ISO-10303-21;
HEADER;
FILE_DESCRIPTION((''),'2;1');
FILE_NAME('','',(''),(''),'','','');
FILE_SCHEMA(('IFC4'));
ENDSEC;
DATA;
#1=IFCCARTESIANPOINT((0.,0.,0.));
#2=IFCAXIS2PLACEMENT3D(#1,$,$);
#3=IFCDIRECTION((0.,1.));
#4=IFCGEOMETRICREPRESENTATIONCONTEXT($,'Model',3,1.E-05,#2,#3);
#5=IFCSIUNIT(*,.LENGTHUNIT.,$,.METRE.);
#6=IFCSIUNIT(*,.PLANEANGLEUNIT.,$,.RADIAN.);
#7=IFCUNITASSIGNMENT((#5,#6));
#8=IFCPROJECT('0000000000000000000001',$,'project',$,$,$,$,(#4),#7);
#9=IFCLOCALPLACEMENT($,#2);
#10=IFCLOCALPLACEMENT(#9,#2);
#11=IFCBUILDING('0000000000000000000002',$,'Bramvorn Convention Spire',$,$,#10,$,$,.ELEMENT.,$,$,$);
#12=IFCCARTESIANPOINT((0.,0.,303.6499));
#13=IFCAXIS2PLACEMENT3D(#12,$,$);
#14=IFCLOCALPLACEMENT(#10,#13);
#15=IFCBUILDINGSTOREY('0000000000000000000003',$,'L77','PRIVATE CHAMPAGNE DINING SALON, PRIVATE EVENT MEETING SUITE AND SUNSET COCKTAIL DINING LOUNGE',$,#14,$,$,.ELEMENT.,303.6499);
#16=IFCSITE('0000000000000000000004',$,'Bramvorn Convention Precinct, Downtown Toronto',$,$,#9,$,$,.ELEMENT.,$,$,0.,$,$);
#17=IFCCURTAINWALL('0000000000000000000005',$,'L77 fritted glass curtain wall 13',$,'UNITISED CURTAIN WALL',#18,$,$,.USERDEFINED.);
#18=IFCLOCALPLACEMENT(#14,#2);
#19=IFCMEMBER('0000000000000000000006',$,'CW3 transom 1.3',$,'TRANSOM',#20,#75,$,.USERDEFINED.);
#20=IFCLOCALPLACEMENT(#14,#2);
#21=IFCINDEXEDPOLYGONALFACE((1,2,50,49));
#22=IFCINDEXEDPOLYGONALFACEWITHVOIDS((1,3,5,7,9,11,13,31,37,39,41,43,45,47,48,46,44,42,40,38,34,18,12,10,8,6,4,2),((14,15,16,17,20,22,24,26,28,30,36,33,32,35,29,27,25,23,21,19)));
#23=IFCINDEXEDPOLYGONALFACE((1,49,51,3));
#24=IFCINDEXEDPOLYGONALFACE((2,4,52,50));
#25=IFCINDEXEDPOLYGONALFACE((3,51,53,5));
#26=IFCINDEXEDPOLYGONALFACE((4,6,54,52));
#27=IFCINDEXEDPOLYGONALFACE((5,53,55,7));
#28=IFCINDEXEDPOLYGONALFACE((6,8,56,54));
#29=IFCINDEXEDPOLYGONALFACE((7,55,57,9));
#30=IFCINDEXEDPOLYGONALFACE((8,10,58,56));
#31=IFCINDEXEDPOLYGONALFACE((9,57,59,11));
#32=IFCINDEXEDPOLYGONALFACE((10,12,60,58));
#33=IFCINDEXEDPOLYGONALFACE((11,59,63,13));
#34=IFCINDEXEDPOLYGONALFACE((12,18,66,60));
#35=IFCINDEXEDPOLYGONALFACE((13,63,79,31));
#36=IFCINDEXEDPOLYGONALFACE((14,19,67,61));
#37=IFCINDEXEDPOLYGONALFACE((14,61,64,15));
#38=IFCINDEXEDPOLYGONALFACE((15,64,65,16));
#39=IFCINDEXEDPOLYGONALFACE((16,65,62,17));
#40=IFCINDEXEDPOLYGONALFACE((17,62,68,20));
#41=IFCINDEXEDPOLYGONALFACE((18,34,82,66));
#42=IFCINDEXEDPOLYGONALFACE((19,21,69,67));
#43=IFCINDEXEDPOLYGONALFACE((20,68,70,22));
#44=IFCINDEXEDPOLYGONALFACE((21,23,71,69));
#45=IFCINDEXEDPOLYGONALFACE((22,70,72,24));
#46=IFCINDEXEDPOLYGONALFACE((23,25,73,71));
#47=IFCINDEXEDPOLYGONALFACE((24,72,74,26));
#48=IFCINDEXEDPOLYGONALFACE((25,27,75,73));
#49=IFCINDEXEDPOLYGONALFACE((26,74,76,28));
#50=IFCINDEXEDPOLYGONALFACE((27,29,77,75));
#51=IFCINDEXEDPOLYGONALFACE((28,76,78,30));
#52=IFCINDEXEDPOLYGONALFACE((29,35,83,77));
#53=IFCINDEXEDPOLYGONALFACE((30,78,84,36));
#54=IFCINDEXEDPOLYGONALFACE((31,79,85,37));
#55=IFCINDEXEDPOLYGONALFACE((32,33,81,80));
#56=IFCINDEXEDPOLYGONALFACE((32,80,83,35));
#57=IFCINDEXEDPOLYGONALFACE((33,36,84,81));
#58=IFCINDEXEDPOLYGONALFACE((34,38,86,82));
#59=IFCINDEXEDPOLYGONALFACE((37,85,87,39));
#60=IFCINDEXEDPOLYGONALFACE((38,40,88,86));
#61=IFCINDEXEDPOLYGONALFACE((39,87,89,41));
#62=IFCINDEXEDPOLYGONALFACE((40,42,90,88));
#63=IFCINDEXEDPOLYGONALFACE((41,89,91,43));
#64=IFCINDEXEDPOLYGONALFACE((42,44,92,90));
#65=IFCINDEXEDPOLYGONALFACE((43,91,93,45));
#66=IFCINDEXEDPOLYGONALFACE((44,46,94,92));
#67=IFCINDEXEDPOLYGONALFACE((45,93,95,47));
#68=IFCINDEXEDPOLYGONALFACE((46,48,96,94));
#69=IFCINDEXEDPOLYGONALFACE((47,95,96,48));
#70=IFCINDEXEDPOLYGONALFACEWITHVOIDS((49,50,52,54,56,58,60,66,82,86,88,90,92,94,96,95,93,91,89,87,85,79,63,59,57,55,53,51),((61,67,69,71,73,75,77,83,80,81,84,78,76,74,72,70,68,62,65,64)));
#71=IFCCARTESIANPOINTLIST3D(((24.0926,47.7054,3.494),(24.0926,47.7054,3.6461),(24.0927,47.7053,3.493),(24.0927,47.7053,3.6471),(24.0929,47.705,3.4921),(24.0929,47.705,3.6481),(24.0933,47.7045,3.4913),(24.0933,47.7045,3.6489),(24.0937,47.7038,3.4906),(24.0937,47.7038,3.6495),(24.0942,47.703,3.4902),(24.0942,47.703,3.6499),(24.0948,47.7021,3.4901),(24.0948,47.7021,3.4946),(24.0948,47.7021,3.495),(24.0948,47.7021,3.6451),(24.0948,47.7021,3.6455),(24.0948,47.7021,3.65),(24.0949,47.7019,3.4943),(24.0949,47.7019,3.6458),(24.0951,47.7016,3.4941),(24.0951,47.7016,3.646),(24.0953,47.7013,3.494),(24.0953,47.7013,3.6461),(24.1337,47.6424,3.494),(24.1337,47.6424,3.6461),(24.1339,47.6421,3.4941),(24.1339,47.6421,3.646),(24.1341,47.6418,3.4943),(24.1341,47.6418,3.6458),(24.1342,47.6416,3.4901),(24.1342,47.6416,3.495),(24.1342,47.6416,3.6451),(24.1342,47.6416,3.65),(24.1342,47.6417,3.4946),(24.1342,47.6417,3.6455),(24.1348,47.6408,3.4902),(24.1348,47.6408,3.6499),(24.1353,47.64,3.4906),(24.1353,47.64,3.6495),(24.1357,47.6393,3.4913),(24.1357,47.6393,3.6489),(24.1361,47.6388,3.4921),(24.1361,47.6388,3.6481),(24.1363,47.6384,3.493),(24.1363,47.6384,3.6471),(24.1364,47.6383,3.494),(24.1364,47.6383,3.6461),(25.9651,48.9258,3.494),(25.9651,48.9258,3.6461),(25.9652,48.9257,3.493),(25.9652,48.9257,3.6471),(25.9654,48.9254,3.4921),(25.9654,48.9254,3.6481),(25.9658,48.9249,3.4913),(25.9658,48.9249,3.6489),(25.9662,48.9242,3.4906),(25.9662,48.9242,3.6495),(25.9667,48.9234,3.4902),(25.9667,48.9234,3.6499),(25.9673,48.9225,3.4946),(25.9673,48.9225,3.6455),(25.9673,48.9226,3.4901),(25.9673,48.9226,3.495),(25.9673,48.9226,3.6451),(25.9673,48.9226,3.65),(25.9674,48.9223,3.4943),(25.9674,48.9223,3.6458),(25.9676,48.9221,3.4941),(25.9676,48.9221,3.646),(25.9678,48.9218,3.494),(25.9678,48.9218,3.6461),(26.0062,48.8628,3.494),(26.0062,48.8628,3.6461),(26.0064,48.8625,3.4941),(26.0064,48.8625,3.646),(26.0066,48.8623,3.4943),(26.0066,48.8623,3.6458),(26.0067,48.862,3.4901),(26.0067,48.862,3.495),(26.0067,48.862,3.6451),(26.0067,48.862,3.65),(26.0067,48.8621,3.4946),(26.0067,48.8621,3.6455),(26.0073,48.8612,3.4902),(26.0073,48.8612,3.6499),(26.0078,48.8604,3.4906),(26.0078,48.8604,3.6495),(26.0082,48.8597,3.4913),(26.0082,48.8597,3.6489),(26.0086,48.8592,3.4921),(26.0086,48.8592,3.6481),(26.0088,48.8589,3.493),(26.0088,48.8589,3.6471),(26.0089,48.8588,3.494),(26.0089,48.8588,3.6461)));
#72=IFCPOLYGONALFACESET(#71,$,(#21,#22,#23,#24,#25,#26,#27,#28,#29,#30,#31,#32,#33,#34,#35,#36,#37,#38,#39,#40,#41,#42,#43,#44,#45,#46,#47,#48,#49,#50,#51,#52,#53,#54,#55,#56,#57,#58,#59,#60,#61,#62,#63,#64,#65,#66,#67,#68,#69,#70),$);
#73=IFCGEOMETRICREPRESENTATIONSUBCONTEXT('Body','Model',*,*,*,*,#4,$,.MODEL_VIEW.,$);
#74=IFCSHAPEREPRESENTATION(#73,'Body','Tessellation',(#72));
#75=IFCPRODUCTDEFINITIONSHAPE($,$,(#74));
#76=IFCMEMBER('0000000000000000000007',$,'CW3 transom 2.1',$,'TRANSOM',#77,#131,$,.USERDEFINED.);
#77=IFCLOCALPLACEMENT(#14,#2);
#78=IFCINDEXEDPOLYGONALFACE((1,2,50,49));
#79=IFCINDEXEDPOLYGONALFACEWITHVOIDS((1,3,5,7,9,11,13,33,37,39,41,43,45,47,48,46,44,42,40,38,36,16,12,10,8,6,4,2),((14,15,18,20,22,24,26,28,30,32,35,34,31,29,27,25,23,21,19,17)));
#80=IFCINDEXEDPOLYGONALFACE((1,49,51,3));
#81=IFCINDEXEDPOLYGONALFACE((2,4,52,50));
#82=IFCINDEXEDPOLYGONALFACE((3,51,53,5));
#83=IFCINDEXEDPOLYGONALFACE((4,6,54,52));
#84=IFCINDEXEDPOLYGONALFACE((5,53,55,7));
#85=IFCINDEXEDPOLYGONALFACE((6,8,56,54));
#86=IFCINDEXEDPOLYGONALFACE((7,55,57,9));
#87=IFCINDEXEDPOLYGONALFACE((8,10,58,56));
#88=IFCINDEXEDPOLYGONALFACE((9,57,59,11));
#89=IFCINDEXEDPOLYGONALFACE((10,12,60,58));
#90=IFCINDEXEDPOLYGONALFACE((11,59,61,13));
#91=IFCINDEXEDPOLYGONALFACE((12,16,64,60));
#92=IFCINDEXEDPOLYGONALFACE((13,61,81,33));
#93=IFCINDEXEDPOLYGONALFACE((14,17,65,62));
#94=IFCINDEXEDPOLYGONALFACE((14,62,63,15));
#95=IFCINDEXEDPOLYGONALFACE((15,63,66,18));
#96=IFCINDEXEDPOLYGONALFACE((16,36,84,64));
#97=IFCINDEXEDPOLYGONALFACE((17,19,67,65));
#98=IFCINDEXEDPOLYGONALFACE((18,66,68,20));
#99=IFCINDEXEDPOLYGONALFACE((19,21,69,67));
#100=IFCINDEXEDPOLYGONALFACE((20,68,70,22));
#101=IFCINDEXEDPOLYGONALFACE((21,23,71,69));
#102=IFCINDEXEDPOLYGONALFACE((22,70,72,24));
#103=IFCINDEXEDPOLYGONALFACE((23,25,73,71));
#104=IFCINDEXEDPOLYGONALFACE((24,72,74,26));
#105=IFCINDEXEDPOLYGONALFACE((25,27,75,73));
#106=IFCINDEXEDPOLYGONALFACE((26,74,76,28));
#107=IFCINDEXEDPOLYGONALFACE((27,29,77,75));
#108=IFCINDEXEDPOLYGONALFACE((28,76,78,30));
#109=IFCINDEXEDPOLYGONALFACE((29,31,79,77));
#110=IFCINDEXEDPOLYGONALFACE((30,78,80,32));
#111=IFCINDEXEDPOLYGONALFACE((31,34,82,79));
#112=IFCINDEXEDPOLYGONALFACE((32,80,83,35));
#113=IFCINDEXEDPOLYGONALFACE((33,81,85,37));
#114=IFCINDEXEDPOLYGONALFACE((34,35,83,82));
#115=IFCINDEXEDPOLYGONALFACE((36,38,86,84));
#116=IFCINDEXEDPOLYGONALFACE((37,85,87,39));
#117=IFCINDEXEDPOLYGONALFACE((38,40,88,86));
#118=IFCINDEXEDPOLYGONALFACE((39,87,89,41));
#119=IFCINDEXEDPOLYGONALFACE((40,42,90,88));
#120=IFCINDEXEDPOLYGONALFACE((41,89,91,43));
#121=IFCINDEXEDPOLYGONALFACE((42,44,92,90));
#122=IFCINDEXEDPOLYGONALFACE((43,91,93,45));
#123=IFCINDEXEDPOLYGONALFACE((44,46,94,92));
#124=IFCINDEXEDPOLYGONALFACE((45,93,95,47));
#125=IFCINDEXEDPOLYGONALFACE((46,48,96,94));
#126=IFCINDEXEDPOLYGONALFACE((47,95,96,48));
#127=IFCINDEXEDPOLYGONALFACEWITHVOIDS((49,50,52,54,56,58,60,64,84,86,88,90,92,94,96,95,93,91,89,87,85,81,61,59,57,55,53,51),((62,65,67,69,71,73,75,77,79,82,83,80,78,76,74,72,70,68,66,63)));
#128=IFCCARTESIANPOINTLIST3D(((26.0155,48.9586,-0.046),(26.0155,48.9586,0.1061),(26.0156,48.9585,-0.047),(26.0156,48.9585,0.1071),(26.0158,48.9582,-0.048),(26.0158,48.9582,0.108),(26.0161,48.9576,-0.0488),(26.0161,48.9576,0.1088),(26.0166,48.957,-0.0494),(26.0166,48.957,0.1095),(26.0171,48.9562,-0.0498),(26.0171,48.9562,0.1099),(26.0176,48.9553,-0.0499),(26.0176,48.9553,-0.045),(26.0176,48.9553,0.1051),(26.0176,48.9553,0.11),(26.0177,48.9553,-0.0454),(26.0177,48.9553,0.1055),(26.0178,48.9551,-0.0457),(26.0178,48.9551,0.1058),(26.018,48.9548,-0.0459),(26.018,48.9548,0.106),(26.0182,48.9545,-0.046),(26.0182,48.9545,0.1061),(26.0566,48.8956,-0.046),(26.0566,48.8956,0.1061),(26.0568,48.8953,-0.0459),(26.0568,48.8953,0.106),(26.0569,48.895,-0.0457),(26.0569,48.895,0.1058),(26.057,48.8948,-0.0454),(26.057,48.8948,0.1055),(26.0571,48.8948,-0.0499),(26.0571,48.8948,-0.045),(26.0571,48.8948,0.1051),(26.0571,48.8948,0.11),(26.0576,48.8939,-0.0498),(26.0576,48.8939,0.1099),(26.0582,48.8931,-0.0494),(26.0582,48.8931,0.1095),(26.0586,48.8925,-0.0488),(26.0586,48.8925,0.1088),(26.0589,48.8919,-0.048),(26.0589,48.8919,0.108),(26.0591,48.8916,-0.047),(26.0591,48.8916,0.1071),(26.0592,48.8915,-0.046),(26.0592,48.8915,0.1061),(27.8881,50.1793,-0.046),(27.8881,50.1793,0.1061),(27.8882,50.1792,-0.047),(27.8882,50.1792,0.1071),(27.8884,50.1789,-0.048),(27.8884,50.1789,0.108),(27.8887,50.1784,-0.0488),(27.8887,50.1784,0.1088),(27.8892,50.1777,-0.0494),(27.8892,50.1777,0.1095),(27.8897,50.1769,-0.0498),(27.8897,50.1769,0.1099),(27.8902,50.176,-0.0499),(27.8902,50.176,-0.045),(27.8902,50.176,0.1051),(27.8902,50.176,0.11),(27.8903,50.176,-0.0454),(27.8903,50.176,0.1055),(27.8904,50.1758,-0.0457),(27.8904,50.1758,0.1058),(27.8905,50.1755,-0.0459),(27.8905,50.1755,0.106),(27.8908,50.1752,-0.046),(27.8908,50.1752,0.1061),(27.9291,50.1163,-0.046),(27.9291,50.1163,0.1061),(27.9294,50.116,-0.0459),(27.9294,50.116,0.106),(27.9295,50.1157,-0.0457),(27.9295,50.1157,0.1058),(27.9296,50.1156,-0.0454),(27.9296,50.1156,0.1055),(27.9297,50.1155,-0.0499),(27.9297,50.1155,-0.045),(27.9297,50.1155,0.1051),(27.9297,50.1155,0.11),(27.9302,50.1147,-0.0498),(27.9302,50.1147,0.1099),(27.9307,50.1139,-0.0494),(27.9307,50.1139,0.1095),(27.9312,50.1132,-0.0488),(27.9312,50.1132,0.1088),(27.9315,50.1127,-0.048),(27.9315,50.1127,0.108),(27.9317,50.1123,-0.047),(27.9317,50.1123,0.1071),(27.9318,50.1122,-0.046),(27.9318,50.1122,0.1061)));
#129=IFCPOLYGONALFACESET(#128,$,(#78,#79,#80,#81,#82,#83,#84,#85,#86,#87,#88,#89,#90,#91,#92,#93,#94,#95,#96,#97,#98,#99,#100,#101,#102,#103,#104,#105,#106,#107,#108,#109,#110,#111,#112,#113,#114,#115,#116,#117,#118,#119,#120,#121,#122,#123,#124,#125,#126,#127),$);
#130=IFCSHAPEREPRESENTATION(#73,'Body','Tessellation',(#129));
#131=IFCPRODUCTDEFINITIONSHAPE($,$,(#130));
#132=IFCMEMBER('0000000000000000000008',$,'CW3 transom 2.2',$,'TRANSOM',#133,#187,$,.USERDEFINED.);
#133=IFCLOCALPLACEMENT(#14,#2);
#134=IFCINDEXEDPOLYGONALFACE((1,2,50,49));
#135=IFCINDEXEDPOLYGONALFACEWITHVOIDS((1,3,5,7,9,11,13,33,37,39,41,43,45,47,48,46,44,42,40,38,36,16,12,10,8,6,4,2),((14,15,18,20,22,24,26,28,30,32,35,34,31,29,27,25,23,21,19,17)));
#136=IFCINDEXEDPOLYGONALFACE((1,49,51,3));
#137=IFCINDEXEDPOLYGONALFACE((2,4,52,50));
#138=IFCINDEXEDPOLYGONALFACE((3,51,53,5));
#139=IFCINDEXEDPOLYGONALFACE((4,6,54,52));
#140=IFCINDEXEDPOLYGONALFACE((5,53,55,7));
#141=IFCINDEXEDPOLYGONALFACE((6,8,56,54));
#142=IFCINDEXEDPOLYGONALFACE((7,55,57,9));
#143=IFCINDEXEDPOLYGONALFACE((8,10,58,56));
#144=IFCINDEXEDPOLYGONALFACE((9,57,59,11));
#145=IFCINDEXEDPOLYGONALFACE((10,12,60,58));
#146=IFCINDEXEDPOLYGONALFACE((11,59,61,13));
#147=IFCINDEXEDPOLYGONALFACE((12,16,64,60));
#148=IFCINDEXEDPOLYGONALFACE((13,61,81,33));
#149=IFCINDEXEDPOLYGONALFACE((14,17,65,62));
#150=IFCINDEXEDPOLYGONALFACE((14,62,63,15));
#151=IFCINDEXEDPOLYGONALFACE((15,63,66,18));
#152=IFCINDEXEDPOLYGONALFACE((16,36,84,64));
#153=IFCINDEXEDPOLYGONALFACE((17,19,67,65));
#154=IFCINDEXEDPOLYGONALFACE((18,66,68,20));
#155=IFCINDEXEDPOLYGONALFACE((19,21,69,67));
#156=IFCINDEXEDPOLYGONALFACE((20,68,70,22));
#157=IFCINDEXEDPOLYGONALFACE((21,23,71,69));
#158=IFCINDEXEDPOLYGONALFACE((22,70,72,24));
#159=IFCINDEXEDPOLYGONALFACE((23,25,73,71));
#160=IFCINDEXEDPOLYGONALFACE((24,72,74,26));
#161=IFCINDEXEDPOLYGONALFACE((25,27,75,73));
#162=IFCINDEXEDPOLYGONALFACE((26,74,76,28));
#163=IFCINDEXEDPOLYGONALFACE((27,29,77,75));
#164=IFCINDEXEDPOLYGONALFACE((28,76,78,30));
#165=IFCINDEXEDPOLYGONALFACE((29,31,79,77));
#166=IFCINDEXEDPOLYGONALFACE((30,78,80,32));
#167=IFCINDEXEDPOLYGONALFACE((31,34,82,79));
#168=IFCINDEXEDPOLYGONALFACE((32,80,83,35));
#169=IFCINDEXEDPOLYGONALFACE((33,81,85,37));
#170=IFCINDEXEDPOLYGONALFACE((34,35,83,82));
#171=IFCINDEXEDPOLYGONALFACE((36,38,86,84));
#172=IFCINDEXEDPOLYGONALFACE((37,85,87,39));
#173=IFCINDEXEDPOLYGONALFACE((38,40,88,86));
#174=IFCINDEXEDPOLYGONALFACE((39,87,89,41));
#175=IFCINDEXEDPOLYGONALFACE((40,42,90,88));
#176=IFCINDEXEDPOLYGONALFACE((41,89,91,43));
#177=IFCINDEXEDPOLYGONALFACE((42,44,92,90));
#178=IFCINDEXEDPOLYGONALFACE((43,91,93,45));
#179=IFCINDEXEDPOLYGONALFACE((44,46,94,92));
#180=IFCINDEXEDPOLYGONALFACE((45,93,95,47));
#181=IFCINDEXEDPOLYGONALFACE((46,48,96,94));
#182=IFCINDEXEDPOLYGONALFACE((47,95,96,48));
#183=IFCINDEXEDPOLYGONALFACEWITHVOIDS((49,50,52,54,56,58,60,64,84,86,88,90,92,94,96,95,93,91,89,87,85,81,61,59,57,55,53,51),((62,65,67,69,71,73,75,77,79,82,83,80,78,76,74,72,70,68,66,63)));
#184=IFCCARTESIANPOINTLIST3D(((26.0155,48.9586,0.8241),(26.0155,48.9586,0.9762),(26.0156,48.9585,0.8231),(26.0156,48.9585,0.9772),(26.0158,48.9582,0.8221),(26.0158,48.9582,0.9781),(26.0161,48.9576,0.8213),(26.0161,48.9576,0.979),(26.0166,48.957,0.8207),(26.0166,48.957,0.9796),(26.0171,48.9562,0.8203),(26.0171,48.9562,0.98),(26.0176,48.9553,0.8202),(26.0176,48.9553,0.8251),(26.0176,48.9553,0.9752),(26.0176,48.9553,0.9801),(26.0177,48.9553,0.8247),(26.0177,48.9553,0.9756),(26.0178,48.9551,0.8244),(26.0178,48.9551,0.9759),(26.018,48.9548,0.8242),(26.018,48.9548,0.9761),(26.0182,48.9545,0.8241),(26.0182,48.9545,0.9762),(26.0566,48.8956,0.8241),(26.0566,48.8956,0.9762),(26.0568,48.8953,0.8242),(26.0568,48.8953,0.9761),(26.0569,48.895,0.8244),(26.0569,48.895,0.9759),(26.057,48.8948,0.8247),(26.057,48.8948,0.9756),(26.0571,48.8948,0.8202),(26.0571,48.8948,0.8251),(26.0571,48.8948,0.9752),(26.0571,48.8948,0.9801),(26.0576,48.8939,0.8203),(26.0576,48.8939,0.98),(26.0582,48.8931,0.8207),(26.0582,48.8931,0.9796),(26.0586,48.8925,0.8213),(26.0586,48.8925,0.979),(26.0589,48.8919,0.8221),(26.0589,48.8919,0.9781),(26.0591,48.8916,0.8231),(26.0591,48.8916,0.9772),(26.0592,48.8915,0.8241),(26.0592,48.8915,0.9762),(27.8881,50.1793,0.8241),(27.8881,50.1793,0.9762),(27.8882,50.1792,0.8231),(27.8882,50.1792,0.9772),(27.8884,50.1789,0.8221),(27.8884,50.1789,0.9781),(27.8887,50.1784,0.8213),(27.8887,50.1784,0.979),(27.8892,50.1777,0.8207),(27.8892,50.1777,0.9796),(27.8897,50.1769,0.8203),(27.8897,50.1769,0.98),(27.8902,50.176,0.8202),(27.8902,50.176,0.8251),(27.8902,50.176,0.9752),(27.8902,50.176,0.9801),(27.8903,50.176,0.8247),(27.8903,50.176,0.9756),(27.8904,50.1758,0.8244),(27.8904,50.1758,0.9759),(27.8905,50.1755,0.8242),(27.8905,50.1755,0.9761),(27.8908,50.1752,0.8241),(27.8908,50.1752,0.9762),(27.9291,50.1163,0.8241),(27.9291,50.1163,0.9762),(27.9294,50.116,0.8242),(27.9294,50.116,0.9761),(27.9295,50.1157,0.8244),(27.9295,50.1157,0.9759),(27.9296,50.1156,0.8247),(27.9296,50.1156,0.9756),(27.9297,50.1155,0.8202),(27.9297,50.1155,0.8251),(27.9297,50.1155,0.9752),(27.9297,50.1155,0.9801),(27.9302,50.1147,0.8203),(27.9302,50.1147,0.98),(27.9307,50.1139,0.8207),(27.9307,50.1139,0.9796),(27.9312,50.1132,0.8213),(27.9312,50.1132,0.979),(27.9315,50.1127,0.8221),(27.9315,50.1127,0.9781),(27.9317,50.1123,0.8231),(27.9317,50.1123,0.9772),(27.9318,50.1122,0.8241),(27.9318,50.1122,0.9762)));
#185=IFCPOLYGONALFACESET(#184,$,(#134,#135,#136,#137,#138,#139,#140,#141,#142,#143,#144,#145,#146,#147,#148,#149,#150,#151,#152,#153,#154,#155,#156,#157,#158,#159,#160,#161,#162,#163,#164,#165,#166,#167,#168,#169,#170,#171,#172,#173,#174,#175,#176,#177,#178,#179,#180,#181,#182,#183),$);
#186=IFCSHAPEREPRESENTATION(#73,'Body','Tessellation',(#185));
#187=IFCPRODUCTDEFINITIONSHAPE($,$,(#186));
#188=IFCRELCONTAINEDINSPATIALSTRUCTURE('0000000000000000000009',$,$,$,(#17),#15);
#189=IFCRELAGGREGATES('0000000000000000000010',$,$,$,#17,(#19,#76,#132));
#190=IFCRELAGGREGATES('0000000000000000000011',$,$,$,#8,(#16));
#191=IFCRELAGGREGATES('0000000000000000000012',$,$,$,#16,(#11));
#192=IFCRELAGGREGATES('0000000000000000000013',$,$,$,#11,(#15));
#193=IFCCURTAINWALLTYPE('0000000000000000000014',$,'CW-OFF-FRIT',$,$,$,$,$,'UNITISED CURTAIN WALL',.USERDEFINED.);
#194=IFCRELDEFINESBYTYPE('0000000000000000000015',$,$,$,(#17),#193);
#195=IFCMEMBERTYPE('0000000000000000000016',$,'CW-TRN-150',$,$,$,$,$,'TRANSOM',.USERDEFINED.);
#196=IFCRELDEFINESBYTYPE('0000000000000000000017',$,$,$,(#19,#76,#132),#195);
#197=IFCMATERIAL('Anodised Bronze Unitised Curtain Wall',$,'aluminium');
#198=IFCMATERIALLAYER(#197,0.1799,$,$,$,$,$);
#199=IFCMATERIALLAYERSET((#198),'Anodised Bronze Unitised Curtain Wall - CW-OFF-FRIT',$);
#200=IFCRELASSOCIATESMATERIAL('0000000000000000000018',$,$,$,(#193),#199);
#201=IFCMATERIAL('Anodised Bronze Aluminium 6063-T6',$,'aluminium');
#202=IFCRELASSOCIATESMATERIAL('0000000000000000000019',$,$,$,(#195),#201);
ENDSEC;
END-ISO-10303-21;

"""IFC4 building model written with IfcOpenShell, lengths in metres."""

from ifc_helpers import new_model, si_unit, direction, frame, origin, origin_2d, place, context, subcontext, project, spatial, hollow_rectangle, extrude, material, layer, layer_set, material_profile, profile_set, type_object, element, aggregate, save


model = new_model("IFC4")

# Units and contexts
model_context = context("Model", 3, precision=1e-05, world=origin(), true_north=direction((0.0, 1.0)))
body_context = subcontext(model_context, "Body", "Model", "MODEL_VIEW")
ifc_project = project(units=[si_unit("LENGTHUNIT", "METRE"), si_unit("PLANEANGLEUNIT", "RADIAN")], contexts=[model_context])

# Site, building, storey
site_placement = place(None, origin())
site = spatial("IfcSite", under=ifc_project, at=site_placement, Name="Bramvorn Convention Precinct, Downtown Toronto", CompositionType="ELEMENT", RefElevation=0.0)
building_placement = place(site_placement, origin())
building = spatial("IfcBuilding", under=site, at=building_placement, Name="Bramvorn Convention Spire", CompositionType="ELEMENT")
storey_placement = place(building_placement, frame((0.0, 0.0, 303.6499)))
storey = spatial("IfcBuildingStorey", under=building, at=storey_placement, Name="L77", Description="PRIVATE CHAMPAGNE DINING SALON, PRIVATE EVENT MEETING SUITE AND SUNSET COCKTAIL DINING LOUNGE", CompositionType="ELEMENT", Elevation=303.6499)

# Curtain wall
ifc_material_1 = material(Name="Anodised Bronze Unitised Curtain Wall", Category="aluminium")
ifc_layer_1 = layer(ifc_material_1, 0.1799)
ifc_layer_set_1 = layer_set([ifc_layer_1], Name="Anodised Bronze Unitised Curtain Wall - CW-OFF-FRIT")
curtain_wall_type = type_object("IfcCurtainWallType", Name="CW-OFF-FRIT", ElementType="UNITISED CURTAIN WALL", PredefinedType="USERDEFINED", material=ifc_layer_set_1)
ifc_material_2 = material(Name="Anodised Bronze Aluminium 6063-T6", Category="aluminium")
curtain_wall_1_placement = place(storey_placement, origin())
curtain_wall_1 = element("IfcCurtainWall", 1, at=curtain_wall_1_placement, inside=storey, type_object=curtain_wall_type, Name="L77 fritted glass curtain wall 13", ObjectType="UNITISED CURTAIN WALL", PredefinedType="USERDEFINED")

# Members
ifc_material_profile_1 = material_profile(ifc_material_2, hollow_rectangle(XDim=0.0801, YDim=0.1599, WallThickness=0.0039, InnerFilletRadius=0.001, OuterFilletRadius=0.0039, at=origin_2d()))
ifc_profile_set_1 = profile_set([ifc_material_profile_1], Name="Anodised Bronze Aluminium 6063-T6 - CWT80X160")
member_type_1 = type_object("IfcMemberType", Name="CW-TRN-150", ElementType="TRANSOM", PredefinedType="USERDEFINED", material=ifc_profile_set_1)
member_1_placement = place(storey_placement, frame((24.1145, 47.6719, 3.5701), z_axis=(0.837769, 0.546025, 0.0), x_axis=(-0.546025, 0.837769, 0.0)))
member_1 = element("IfcMember", 2, at=member_1_placement, type_object=member_type_1, Name="CW3 transom 1.3", ObjectType="TRANSOM", PredefinedType="USERDEFINED", context=body_context, shape_type="SweptSolid", body=[
    extrude(hollow_rectangle(XDim=0.0801, YDim=0.1599, WallThickness=0.0039, InnerFilletRadius=0.001, OuterFilletRadius=0.0039, at=origin_2d()), origin(), (0.0, 0.0, 1.0), 2.2351),
])
member_2_placement = place(storey_placement, frame((26.0374, 48.925, 0.03), z_axis=(0.837719, 0.546101, 0.0), x_axis=(-0.546101, 0.837719, 0.0)))
member_2 = element("IfcMember", 3, at=member_2_placement, type_object=member_type_1, Name="CW3 transom 2.1", ObjectType="TRANSOM", PredefinedType="USERDEFINED", context=body_context, shape_type="SweptSolid", body=[
    extrude(hollow_rectangle(XDim=0.0801, YDim=0.1599, WallThickness=0.0039, InnerFilletRadius=0.001, OuterFilletRadius=0.0039, at=origin_2d()), origin(), (0.0, 0.0, 1.0), 2.2354),
])
member_3_placement = place(storey_placement, frame((26.0374, 48.925, 0.9001), z_axis=(0.837719, 0.546101, 0.0), x_axis=(-0.546101, 0.837719, 0.0)))
member_3 = element("IfcMember", 4, at=member_3_placement, type_object=member_type_1, Name="CW3 transom 2.2", ObjectType="TRANSOM", PredefinedType="USERDEFINED", context=body_context, shape_type="SweptSolid", body=[
    extrude(hollow_rectangle(XDim=0.0801, YDim=0.1599, WallThickness=0.0039, InnerFilletRadius=0.001, OuterFilletRadius=0.0039, at=origin_2d()), origin(), (0.0, 0.0, 1.0), 2.2354),
])

aggregate(curtain_wall_1, [member_1, member_2, member_3])

save(model, "model.ifc")
